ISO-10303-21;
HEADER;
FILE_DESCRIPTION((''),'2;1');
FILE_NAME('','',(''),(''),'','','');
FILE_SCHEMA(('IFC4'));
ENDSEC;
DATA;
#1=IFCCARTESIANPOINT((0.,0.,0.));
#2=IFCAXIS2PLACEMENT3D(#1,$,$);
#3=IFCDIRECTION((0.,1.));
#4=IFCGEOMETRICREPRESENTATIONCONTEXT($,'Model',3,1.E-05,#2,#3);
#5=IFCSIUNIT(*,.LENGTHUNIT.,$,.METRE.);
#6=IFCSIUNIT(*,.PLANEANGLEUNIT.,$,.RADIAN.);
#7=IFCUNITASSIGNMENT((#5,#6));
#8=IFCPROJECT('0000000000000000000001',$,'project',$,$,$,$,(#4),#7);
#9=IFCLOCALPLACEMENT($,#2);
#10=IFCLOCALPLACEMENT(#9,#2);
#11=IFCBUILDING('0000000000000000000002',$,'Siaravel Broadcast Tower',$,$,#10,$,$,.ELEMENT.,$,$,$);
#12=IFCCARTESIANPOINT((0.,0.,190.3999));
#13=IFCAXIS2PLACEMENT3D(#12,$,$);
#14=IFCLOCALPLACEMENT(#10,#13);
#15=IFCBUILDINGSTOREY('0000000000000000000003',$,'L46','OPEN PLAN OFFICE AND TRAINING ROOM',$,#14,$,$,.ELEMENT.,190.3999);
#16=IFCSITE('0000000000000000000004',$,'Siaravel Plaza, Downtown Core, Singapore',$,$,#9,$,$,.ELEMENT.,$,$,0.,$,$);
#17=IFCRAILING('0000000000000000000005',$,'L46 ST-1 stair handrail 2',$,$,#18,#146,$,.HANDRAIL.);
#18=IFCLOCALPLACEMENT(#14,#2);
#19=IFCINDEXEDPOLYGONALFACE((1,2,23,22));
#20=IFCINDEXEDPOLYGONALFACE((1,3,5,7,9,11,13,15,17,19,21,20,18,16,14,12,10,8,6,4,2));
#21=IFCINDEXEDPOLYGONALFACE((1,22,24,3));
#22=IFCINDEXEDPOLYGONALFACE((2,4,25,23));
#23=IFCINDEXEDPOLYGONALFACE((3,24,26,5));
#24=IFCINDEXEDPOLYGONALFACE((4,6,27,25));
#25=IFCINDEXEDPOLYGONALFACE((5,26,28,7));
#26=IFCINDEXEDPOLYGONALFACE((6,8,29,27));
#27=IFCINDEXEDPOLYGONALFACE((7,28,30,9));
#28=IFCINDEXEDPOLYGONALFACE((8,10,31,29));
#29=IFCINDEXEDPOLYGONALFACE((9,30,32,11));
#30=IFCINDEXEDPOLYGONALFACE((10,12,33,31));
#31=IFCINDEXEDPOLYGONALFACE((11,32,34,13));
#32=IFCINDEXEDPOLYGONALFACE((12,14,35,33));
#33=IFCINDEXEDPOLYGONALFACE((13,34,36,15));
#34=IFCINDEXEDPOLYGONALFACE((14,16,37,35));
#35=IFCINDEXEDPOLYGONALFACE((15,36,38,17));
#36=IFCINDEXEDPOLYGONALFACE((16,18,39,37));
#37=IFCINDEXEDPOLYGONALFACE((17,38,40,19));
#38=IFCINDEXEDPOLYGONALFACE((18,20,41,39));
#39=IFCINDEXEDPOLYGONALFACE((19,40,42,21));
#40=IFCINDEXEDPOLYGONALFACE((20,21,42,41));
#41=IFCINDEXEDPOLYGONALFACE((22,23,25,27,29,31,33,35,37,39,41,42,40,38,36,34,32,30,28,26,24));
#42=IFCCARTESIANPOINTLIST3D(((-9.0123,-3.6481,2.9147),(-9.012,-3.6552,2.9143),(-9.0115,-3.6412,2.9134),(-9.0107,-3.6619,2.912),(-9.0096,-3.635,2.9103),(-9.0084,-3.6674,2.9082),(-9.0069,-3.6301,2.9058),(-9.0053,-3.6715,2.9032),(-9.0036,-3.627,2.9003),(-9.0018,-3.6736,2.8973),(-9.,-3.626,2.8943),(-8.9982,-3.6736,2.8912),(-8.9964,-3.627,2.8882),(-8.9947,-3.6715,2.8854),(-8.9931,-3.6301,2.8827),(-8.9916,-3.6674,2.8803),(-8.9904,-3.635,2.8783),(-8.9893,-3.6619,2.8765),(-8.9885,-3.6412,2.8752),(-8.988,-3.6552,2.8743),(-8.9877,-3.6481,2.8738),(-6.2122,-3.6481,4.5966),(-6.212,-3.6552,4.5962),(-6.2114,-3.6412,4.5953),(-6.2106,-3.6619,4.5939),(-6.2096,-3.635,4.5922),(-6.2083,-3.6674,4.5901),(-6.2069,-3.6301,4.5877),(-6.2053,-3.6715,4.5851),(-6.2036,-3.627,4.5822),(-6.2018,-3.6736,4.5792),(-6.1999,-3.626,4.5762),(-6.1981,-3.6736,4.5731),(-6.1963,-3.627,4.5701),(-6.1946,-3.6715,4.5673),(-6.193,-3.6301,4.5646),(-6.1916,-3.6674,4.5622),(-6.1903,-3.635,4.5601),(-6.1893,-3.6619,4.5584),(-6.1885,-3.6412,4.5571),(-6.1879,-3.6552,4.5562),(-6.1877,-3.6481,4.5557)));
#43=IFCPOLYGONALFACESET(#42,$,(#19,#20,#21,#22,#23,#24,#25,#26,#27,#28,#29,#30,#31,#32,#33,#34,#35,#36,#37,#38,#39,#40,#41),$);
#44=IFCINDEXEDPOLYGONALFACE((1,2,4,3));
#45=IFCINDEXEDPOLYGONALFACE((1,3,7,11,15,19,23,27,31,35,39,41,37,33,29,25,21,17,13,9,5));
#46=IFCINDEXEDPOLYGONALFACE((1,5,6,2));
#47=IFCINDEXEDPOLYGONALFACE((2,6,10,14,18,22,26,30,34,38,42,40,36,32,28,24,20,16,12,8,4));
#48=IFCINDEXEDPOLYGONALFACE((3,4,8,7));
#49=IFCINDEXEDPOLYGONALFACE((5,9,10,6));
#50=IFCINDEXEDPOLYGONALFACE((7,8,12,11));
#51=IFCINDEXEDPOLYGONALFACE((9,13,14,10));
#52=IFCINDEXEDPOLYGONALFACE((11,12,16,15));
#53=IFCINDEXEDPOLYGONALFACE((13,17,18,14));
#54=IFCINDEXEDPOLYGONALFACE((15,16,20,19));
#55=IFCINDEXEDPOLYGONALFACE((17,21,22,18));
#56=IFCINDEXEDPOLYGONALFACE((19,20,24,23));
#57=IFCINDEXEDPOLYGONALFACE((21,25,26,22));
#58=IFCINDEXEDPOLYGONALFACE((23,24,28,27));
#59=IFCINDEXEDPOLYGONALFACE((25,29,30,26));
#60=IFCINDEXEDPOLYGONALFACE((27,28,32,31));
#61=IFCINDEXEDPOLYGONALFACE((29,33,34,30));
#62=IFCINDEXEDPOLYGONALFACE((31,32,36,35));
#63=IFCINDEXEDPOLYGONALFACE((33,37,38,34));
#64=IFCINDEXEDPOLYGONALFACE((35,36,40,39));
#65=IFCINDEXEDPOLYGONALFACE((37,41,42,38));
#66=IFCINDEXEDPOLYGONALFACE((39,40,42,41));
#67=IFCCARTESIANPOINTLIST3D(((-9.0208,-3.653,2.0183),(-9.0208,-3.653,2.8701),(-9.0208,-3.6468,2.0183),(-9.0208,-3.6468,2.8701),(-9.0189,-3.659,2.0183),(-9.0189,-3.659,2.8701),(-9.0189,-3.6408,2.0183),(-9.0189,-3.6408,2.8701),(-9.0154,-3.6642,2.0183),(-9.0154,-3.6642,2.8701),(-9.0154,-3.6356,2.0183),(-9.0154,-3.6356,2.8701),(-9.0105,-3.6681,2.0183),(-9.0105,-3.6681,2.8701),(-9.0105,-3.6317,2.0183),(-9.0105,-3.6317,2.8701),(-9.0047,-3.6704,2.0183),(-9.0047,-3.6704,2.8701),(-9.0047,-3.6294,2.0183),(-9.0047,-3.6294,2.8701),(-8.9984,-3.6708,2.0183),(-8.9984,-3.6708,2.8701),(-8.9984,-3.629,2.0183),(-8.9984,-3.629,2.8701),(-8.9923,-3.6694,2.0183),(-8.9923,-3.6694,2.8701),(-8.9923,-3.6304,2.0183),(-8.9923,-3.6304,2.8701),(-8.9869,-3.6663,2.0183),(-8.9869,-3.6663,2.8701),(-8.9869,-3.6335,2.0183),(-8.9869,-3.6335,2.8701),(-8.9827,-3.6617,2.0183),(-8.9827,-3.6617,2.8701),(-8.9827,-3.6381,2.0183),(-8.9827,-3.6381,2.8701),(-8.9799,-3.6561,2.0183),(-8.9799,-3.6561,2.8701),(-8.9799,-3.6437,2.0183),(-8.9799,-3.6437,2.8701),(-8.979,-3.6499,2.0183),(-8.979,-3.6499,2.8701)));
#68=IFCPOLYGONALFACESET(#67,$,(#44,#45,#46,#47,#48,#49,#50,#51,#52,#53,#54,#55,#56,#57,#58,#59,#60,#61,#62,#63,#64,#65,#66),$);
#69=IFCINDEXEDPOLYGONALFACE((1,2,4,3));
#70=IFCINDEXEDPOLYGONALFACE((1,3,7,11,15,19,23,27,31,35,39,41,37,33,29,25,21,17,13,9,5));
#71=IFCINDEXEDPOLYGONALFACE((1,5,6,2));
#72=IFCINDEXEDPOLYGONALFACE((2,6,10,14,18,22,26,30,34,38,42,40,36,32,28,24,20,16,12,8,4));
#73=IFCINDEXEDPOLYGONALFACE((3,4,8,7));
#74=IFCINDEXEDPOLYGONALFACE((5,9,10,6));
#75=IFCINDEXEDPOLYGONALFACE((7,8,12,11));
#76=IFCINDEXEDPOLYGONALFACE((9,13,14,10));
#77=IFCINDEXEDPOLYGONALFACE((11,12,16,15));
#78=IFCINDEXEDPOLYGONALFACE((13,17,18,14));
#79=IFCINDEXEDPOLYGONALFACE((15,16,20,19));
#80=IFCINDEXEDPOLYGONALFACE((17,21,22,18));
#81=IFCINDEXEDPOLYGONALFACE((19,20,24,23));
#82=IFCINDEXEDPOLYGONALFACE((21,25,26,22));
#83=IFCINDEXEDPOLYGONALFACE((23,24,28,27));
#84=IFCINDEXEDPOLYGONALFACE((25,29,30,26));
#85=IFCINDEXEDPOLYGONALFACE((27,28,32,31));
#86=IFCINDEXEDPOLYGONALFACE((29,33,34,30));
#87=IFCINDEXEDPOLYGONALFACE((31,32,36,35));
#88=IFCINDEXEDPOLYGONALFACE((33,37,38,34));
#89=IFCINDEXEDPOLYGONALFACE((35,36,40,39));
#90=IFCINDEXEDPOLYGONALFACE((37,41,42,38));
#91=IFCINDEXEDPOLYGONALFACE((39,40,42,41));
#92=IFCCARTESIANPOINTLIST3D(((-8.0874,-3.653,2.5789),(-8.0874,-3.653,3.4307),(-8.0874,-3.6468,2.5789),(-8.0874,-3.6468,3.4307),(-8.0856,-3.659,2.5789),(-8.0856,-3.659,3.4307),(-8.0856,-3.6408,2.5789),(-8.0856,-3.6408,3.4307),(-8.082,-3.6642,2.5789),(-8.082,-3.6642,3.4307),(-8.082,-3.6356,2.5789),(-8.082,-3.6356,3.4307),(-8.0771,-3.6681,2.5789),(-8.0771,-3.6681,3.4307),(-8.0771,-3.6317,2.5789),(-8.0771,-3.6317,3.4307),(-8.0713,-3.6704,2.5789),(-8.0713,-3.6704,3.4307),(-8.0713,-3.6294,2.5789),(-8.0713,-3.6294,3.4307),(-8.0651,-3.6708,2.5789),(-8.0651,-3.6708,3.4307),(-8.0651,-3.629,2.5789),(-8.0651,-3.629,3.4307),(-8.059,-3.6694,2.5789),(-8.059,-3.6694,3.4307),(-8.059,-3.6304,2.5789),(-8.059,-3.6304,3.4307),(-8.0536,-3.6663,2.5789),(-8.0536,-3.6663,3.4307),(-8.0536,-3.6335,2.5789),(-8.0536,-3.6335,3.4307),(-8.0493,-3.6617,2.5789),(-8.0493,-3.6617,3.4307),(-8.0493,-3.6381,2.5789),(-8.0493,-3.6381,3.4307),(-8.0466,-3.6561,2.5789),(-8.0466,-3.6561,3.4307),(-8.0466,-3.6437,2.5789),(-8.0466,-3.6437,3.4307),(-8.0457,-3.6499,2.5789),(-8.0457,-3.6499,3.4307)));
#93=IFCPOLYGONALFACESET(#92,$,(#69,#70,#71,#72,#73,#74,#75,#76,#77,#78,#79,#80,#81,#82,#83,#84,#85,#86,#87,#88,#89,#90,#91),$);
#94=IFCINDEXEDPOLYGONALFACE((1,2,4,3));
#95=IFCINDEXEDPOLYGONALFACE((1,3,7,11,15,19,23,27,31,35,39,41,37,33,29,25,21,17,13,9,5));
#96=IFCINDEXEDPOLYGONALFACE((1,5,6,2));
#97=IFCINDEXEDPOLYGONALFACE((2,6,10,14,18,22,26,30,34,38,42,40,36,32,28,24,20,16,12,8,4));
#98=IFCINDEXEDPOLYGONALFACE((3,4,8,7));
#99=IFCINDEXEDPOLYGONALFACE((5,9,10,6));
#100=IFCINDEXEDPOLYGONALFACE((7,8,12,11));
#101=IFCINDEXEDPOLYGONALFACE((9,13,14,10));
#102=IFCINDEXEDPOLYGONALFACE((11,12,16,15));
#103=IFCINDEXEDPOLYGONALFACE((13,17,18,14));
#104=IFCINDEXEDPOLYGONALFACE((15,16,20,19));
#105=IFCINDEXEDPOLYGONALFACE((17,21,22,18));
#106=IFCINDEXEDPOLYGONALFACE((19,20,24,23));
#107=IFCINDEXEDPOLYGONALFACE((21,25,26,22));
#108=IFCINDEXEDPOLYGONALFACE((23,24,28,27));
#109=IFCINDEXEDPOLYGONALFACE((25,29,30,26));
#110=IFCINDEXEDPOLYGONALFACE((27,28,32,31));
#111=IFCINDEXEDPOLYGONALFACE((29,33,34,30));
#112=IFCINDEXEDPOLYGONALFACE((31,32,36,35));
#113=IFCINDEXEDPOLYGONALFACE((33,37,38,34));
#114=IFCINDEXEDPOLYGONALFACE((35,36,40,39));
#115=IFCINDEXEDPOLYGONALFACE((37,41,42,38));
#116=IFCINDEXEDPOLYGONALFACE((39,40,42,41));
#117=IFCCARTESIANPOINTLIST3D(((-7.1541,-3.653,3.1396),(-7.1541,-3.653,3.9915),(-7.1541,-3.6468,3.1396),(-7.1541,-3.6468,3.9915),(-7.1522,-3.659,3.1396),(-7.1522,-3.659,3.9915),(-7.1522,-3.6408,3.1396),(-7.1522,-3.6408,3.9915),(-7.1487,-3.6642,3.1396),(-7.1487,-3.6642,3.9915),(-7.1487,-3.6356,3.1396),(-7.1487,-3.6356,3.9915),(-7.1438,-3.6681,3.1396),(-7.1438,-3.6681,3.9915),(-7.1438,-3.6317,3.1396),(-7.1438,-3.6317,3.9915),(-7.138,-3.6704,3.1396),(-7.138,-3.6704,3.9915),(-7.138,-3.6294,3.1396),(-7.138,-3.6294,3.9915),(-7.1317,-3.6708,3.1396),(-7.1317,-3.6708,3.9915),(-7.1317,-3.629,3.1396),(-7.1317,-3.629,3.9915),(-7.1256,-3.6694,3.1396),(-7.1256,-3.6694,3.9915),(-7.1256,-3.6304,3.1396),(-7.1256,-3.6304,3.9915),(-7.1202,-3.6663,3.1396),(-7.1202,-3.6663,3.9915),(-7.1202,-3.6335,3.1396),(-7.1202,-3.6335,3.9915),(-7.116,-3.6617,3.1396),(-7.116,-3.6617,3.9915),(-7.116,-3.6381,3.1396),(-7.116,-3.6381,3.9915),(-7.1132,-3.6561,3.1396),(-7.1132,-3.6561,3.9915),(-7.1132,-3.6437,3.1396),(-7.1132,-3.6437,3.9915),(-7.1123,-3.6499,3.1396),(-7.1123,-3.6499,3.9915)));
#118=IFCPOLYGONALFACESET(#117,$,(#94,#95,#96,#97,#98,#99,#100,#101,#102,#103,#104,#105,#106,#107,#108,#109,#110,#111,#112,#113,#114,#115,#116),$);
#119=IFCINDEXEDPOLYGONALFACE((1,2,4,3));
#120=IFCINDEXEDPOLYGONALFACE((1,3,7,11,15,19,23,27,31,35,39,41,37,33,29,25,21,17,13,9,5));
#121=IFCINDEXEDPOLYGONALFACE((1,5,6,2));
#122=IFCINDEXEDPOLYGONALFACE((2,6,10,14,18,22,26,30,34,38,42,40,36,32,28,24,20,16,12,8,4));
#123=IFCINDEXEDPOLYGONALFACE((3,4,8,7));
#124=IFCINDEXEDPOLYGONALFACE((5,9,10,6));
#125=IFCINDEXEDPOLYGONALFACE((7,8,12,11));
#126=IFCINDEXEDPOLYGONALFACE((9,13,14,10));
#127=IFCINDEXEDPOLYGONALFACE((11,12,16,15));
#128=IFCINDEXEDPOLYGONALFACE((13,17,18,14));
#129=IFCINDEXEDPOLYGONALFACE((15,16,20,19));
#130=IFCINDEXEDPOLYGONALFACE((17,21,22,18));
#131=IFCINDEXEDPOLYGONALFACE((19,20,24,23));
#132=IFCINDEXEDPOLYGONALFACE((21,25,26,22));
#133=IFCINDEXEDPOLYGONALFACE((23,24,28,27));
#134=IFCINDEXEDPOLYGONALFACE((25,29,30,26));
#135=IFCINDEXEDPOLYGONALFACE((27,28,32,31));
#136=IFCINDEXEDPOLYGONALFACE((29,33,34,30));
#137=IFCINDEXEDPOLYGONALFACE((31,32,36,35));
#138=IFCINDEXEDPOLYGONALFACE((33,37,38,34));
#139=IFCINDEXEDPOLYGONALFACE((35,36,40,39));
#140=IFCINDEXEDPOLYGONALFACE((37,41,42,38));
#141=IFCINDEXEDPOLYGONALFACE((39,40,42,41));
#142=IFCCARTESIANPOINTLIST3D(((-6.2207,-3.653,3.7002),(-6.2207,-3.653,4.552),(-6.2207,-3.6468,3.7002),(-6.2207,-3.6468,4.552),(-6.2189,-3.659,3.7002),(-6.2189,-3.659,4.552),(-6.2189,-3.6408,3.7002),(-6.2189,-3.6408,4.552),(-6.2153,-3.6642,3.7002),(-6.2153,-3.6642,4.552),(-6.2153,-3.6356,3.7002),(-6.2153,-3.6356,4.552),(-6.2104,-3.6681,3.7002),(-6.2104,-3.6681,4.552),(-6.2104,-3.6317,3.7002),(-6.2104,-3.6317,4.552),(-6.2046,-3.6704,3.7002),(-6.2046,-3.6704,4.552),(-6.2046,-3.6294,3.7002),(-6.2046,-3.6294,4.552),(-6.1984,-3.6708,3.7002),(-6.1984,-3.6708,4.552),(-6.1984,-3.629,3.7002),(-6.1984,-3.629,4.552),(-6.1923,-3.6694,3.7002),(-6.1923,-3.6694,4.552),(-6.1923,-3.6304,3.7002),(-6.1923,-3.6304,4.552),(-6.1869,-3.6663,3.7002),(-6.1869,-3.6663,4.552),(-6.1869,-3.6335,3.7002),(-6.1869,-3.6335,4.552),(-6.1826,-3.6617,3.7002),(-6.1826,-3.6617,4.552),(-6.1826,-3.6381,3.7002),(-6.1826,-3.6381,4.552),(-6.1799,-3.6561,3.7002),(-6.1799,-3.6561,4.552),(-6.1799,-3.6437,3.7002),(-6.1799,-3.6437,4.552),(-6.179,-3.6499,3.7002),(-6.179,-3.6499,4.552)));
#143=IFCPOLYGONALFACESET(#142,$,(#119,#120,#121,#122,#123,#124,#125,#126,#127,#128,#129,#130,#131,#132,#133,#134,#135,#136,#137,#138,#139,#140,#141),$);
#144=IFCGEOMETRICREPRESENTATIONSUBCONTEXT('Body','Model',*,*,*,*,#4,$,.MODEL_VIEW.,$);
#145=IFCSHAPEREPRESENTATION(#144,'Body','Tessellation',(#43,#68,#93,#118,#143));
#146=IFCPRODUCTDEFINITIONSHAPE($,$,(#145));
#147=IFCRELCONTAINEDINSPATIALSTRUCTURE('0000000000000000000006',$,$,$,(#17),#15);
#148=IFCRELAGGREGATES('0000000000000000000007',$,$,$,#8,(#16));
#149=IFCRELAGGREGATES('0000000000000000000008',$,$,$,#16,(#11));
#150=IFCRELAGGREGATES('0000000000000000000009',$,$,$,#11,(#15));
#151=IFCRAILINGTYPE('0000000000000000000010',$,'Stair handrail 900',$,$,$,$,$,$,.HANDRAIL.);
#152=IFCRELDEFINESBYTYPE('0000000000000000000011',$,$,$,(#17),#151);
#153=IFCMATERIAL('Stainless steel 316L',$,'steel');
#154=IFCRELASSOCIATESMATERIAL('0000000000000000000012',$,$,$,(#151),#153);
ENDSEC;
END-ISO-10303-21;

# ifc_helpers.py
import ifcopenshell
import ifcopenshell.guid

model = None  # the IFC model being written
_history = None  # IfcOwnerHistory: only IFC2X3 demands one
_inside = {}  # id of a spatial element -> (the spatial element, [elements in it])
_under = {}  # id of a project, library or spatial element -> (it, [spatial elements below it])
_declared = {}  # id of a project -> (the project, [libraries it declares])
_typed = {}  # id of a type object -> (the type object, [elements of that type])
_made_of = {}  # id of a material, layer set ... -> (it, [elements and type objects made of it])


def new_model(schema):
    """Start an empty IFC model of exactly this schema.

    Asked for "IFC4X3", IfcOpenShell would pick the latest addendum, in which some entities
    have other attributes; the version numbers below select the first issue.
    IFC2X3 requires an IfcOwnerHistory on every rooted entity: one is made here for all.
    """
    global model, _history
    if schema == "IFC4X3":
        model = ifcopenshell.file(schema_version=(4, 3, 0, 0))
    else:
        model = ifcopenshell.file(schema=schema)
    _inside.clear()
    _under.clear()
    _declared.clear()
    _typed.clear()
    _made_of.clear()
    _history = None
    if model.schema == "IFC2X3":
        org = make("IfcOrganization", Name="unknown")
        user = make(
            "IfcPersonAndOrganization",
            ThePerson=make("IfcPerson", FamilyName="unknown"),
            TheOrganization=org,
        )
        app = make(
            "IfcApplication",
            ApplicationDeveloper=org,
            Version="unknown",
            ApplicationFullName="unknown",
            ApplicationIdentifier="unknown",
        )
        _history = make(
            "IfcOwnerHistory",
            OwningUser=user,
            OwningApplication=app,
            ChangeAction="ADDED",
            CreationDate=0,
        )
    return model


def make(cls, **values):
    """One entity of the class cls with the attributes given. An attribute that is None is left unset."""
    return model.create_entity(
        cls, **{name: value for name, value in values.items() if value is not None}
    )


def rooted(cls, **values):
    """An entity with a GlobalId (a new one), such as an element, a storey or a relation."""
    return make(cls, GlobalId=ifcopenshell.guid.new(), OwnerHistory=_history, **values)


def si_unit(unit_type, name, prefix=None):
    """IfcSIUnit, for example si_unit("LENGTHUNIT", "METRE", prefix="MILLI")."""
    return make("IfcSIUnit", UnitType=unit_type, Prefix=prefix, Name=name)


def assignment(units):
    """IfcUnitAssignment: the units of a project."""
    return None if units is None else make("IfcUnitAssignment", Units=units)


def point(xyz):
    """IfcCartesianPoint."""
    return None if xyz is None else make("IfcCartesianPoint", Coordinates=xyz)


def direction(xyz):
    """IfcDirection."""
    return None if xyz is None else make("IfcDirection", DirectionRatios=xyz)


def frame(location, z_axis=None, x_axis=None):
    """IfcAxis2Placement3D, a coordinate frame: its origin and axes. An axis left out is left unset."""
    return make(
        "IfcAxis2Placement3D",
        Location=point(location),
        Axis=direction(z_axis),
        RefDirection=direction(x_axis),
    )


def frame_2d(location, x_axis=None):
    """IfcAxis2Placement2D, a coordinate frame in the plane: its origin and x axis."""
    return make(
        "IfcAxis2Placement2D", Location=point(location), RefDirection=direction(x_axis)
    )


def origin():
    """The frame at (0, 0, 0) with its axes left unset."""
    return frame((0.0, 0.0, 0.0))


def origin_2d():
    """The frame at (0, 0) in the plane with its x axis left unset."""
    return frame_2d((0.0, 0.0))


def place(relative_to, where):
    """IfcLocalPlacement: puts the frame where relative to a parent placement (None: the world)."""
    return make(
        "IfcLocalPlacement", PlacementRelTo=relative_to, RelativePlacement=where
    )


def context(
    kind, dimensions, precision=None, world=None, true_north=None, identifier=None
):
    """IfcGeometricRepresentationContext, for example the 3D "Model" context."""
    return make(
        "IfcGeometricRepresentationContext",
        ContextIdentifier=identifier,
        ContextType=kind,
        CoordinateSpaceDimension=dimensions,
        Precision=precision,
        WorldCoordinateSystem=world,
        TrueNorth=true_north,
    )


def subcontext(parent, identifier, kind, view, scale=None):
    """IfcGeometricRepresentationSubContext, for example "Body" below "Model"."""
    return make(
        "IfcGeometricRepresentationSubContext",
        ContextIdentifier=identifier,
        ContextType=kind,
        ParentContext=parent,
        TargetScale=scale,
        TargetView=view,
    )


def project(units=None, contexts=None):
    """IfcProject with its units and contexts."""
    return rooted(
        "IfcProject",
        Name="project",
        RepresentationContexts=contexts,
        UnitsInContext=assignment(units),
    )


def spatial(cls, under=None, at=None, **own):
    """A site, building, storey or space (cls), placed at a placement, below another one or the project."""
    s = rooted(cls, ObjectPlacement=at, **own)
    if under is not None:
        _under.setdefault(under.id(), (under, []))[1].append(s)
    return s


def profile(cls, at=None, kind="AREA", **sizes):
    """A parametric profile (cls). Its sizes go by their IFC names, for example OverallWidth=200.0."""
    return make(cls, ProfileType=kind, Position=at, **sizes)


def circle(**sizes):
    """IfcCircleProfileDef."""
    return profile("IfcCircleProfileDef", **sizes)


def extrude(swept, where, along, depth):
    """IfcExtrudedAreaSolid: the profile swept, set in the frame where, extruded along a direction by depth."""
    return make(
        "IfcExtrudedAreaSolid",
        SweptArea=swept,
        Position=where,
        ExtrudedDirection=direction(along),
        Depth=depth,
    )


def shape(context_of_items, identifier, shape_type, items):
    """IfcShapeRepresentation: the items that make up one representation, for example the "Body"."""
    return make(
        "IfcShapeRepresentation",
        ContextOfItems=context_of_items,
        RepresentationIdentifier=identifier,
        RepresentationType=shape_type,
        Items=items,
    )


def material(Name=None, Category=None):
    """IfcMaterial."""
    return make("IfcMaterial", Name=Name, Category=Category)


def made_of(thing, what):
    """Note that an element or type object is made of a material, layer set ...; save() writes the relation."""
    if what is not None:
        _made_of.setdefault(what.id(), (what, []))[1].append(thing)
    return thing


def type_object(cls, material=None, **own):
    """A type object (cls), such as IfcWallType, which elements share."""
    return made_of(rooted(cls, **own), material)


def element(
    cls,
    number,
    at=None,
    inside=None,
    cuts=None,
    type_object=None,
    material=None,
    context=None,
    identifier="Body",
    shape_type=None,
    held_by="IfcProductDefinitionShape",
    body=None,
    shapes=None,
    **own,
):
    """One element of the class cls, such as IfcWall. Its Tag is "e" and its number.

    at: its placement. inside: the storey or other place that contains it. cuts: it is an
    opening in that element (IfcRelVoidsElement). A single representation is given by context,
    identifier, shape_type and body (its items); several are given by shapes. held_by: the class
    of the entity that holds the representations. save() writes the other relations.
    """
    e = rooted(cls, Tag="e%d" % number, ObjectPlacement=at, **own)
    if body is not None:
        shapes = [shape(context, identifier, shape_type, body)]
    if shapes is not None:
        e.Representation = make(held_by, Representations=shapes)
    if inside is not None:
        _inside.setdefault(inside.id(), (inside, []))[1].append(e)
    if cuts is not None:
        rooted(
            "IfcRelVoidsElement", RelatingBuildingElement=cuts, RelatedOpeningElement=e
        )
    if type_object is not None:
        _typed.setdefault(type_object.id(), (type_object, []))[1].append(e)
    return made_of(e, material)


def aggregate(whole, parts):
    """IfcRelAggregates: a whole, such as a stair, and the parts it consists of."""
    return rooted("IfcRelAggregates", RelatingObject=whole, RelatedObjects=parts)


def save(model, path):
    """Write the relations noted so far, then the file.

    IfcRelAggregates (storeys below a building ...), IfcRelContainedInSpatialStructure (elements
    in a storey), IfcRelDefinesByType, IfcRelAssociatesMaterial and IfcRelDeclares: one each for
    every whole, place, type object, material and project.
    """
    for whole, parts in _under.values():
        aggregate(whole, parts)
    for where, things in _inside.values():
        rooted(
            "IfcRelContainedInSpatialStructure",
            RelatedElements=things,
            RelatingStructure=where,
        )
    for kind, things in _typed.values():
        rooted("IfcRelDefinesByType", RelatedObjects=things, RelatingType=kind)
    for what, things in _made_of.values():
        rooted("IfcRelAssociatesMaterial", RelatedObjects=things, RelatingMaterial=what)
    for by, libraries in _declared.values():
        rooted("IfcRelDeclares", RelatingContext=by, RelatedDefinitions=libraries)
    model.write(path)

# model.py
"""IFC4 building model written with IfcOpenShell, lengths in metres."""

from ifc_helpers import new_model, si_unit, direction, frame, origin, origin_2d, place, context, subcontext, project, spatial, circle, extrude, material, type_object, element, save


model = new_model("IFC4")

# Units and contexts
model_context = context("Model", 3, precision=1e-05, world=origin(), true_north=direction((0.0, 1.0)))
body_context = subcontext(model_context, "Body", "Model", "MODEL_VIEW")
ifc_project = project(units=[si_unit("LENGTHUNIT", "METRE"), si_unit("PLANEANGLEUNIT", "RADIAN")], contexts=[model_context])

# Site, building, storey
site_placement = place(None, origin())
site = spatial("IfcSite", under=ifc_project, at=site_placement, Name="Siaravel Plaza, Downtown Core, Singapore", CompositionType="ELEMENT", RefElevation=0.0)
building_placement = place(site_placement, origin())
building = spatial("IfcBuilding", under=site, at=building_placement, Name="Siaravel Broadcast Tower", CompositionType="ELEMENT")
storey_placement = place(building_placement, frame((0.0, 0.0, 190.3999)))
storey = spatial("IfcBuildingStorey", under=building, at=storey_placement, Name="L46", Description="OPEN PLAN OFFICE AND TRAINING ROOM", CompositionType="ELEMENT", Elevation=190.3999)

# Shared definitions
ifc_material_1 = material(Name="Stainless steel 316L", Category="steel")

# Railing
railing_type_1 = type_object("IfcRailingType", Name="Stair handrail 900", PredefinedType="HANDRAIL", material=ifc_material_1)
railing_1_placement = place(storey_placement, frame((-9.0, -3.6499, 2.0183)))
element("IfcRailing", 1, at=railing_1_placement, inside=storey, type_object=railing_type_1, Name="L46 ST-1 stair handrail 2", PredefinedType="HANDRAIL", context=body_context, shape_type="SweptSolid", body=[
    extrude(circle(Radius=0.0239, at=origin_2d()), frame((0.0, 0.0, 0.876), z_axis=(0.857242, 0.0, 0.514913), x_axis=(0.0, 1.0, 0.0)), (0.0, 0.0, 1.0), 3.2664),
    extrude(circle(Radius=0.021, at=origin_2d()), origin(), (0.0, 0.0, 1.0), 0.8518),
    extrude(circle(Radius=0.021, at=origin_2d()), frame((0.9333, 0.0, 0.5605)), (0.0, 0.0, 1.0), 0.8518),
    extrude(circle(Radius=0.021, at=origin_2d()), frame((1.8667, 0.0, 1.1213)), (0.0, 0.0, 1.0), 0.8518),
    extrude(circle(Radius=0.021, at=origin_2d()), frame((2.8, 0.0, 1.6819)), (0.0, 0.0, 1.0), 0.8518),
])

save(model, "model.ifc")
